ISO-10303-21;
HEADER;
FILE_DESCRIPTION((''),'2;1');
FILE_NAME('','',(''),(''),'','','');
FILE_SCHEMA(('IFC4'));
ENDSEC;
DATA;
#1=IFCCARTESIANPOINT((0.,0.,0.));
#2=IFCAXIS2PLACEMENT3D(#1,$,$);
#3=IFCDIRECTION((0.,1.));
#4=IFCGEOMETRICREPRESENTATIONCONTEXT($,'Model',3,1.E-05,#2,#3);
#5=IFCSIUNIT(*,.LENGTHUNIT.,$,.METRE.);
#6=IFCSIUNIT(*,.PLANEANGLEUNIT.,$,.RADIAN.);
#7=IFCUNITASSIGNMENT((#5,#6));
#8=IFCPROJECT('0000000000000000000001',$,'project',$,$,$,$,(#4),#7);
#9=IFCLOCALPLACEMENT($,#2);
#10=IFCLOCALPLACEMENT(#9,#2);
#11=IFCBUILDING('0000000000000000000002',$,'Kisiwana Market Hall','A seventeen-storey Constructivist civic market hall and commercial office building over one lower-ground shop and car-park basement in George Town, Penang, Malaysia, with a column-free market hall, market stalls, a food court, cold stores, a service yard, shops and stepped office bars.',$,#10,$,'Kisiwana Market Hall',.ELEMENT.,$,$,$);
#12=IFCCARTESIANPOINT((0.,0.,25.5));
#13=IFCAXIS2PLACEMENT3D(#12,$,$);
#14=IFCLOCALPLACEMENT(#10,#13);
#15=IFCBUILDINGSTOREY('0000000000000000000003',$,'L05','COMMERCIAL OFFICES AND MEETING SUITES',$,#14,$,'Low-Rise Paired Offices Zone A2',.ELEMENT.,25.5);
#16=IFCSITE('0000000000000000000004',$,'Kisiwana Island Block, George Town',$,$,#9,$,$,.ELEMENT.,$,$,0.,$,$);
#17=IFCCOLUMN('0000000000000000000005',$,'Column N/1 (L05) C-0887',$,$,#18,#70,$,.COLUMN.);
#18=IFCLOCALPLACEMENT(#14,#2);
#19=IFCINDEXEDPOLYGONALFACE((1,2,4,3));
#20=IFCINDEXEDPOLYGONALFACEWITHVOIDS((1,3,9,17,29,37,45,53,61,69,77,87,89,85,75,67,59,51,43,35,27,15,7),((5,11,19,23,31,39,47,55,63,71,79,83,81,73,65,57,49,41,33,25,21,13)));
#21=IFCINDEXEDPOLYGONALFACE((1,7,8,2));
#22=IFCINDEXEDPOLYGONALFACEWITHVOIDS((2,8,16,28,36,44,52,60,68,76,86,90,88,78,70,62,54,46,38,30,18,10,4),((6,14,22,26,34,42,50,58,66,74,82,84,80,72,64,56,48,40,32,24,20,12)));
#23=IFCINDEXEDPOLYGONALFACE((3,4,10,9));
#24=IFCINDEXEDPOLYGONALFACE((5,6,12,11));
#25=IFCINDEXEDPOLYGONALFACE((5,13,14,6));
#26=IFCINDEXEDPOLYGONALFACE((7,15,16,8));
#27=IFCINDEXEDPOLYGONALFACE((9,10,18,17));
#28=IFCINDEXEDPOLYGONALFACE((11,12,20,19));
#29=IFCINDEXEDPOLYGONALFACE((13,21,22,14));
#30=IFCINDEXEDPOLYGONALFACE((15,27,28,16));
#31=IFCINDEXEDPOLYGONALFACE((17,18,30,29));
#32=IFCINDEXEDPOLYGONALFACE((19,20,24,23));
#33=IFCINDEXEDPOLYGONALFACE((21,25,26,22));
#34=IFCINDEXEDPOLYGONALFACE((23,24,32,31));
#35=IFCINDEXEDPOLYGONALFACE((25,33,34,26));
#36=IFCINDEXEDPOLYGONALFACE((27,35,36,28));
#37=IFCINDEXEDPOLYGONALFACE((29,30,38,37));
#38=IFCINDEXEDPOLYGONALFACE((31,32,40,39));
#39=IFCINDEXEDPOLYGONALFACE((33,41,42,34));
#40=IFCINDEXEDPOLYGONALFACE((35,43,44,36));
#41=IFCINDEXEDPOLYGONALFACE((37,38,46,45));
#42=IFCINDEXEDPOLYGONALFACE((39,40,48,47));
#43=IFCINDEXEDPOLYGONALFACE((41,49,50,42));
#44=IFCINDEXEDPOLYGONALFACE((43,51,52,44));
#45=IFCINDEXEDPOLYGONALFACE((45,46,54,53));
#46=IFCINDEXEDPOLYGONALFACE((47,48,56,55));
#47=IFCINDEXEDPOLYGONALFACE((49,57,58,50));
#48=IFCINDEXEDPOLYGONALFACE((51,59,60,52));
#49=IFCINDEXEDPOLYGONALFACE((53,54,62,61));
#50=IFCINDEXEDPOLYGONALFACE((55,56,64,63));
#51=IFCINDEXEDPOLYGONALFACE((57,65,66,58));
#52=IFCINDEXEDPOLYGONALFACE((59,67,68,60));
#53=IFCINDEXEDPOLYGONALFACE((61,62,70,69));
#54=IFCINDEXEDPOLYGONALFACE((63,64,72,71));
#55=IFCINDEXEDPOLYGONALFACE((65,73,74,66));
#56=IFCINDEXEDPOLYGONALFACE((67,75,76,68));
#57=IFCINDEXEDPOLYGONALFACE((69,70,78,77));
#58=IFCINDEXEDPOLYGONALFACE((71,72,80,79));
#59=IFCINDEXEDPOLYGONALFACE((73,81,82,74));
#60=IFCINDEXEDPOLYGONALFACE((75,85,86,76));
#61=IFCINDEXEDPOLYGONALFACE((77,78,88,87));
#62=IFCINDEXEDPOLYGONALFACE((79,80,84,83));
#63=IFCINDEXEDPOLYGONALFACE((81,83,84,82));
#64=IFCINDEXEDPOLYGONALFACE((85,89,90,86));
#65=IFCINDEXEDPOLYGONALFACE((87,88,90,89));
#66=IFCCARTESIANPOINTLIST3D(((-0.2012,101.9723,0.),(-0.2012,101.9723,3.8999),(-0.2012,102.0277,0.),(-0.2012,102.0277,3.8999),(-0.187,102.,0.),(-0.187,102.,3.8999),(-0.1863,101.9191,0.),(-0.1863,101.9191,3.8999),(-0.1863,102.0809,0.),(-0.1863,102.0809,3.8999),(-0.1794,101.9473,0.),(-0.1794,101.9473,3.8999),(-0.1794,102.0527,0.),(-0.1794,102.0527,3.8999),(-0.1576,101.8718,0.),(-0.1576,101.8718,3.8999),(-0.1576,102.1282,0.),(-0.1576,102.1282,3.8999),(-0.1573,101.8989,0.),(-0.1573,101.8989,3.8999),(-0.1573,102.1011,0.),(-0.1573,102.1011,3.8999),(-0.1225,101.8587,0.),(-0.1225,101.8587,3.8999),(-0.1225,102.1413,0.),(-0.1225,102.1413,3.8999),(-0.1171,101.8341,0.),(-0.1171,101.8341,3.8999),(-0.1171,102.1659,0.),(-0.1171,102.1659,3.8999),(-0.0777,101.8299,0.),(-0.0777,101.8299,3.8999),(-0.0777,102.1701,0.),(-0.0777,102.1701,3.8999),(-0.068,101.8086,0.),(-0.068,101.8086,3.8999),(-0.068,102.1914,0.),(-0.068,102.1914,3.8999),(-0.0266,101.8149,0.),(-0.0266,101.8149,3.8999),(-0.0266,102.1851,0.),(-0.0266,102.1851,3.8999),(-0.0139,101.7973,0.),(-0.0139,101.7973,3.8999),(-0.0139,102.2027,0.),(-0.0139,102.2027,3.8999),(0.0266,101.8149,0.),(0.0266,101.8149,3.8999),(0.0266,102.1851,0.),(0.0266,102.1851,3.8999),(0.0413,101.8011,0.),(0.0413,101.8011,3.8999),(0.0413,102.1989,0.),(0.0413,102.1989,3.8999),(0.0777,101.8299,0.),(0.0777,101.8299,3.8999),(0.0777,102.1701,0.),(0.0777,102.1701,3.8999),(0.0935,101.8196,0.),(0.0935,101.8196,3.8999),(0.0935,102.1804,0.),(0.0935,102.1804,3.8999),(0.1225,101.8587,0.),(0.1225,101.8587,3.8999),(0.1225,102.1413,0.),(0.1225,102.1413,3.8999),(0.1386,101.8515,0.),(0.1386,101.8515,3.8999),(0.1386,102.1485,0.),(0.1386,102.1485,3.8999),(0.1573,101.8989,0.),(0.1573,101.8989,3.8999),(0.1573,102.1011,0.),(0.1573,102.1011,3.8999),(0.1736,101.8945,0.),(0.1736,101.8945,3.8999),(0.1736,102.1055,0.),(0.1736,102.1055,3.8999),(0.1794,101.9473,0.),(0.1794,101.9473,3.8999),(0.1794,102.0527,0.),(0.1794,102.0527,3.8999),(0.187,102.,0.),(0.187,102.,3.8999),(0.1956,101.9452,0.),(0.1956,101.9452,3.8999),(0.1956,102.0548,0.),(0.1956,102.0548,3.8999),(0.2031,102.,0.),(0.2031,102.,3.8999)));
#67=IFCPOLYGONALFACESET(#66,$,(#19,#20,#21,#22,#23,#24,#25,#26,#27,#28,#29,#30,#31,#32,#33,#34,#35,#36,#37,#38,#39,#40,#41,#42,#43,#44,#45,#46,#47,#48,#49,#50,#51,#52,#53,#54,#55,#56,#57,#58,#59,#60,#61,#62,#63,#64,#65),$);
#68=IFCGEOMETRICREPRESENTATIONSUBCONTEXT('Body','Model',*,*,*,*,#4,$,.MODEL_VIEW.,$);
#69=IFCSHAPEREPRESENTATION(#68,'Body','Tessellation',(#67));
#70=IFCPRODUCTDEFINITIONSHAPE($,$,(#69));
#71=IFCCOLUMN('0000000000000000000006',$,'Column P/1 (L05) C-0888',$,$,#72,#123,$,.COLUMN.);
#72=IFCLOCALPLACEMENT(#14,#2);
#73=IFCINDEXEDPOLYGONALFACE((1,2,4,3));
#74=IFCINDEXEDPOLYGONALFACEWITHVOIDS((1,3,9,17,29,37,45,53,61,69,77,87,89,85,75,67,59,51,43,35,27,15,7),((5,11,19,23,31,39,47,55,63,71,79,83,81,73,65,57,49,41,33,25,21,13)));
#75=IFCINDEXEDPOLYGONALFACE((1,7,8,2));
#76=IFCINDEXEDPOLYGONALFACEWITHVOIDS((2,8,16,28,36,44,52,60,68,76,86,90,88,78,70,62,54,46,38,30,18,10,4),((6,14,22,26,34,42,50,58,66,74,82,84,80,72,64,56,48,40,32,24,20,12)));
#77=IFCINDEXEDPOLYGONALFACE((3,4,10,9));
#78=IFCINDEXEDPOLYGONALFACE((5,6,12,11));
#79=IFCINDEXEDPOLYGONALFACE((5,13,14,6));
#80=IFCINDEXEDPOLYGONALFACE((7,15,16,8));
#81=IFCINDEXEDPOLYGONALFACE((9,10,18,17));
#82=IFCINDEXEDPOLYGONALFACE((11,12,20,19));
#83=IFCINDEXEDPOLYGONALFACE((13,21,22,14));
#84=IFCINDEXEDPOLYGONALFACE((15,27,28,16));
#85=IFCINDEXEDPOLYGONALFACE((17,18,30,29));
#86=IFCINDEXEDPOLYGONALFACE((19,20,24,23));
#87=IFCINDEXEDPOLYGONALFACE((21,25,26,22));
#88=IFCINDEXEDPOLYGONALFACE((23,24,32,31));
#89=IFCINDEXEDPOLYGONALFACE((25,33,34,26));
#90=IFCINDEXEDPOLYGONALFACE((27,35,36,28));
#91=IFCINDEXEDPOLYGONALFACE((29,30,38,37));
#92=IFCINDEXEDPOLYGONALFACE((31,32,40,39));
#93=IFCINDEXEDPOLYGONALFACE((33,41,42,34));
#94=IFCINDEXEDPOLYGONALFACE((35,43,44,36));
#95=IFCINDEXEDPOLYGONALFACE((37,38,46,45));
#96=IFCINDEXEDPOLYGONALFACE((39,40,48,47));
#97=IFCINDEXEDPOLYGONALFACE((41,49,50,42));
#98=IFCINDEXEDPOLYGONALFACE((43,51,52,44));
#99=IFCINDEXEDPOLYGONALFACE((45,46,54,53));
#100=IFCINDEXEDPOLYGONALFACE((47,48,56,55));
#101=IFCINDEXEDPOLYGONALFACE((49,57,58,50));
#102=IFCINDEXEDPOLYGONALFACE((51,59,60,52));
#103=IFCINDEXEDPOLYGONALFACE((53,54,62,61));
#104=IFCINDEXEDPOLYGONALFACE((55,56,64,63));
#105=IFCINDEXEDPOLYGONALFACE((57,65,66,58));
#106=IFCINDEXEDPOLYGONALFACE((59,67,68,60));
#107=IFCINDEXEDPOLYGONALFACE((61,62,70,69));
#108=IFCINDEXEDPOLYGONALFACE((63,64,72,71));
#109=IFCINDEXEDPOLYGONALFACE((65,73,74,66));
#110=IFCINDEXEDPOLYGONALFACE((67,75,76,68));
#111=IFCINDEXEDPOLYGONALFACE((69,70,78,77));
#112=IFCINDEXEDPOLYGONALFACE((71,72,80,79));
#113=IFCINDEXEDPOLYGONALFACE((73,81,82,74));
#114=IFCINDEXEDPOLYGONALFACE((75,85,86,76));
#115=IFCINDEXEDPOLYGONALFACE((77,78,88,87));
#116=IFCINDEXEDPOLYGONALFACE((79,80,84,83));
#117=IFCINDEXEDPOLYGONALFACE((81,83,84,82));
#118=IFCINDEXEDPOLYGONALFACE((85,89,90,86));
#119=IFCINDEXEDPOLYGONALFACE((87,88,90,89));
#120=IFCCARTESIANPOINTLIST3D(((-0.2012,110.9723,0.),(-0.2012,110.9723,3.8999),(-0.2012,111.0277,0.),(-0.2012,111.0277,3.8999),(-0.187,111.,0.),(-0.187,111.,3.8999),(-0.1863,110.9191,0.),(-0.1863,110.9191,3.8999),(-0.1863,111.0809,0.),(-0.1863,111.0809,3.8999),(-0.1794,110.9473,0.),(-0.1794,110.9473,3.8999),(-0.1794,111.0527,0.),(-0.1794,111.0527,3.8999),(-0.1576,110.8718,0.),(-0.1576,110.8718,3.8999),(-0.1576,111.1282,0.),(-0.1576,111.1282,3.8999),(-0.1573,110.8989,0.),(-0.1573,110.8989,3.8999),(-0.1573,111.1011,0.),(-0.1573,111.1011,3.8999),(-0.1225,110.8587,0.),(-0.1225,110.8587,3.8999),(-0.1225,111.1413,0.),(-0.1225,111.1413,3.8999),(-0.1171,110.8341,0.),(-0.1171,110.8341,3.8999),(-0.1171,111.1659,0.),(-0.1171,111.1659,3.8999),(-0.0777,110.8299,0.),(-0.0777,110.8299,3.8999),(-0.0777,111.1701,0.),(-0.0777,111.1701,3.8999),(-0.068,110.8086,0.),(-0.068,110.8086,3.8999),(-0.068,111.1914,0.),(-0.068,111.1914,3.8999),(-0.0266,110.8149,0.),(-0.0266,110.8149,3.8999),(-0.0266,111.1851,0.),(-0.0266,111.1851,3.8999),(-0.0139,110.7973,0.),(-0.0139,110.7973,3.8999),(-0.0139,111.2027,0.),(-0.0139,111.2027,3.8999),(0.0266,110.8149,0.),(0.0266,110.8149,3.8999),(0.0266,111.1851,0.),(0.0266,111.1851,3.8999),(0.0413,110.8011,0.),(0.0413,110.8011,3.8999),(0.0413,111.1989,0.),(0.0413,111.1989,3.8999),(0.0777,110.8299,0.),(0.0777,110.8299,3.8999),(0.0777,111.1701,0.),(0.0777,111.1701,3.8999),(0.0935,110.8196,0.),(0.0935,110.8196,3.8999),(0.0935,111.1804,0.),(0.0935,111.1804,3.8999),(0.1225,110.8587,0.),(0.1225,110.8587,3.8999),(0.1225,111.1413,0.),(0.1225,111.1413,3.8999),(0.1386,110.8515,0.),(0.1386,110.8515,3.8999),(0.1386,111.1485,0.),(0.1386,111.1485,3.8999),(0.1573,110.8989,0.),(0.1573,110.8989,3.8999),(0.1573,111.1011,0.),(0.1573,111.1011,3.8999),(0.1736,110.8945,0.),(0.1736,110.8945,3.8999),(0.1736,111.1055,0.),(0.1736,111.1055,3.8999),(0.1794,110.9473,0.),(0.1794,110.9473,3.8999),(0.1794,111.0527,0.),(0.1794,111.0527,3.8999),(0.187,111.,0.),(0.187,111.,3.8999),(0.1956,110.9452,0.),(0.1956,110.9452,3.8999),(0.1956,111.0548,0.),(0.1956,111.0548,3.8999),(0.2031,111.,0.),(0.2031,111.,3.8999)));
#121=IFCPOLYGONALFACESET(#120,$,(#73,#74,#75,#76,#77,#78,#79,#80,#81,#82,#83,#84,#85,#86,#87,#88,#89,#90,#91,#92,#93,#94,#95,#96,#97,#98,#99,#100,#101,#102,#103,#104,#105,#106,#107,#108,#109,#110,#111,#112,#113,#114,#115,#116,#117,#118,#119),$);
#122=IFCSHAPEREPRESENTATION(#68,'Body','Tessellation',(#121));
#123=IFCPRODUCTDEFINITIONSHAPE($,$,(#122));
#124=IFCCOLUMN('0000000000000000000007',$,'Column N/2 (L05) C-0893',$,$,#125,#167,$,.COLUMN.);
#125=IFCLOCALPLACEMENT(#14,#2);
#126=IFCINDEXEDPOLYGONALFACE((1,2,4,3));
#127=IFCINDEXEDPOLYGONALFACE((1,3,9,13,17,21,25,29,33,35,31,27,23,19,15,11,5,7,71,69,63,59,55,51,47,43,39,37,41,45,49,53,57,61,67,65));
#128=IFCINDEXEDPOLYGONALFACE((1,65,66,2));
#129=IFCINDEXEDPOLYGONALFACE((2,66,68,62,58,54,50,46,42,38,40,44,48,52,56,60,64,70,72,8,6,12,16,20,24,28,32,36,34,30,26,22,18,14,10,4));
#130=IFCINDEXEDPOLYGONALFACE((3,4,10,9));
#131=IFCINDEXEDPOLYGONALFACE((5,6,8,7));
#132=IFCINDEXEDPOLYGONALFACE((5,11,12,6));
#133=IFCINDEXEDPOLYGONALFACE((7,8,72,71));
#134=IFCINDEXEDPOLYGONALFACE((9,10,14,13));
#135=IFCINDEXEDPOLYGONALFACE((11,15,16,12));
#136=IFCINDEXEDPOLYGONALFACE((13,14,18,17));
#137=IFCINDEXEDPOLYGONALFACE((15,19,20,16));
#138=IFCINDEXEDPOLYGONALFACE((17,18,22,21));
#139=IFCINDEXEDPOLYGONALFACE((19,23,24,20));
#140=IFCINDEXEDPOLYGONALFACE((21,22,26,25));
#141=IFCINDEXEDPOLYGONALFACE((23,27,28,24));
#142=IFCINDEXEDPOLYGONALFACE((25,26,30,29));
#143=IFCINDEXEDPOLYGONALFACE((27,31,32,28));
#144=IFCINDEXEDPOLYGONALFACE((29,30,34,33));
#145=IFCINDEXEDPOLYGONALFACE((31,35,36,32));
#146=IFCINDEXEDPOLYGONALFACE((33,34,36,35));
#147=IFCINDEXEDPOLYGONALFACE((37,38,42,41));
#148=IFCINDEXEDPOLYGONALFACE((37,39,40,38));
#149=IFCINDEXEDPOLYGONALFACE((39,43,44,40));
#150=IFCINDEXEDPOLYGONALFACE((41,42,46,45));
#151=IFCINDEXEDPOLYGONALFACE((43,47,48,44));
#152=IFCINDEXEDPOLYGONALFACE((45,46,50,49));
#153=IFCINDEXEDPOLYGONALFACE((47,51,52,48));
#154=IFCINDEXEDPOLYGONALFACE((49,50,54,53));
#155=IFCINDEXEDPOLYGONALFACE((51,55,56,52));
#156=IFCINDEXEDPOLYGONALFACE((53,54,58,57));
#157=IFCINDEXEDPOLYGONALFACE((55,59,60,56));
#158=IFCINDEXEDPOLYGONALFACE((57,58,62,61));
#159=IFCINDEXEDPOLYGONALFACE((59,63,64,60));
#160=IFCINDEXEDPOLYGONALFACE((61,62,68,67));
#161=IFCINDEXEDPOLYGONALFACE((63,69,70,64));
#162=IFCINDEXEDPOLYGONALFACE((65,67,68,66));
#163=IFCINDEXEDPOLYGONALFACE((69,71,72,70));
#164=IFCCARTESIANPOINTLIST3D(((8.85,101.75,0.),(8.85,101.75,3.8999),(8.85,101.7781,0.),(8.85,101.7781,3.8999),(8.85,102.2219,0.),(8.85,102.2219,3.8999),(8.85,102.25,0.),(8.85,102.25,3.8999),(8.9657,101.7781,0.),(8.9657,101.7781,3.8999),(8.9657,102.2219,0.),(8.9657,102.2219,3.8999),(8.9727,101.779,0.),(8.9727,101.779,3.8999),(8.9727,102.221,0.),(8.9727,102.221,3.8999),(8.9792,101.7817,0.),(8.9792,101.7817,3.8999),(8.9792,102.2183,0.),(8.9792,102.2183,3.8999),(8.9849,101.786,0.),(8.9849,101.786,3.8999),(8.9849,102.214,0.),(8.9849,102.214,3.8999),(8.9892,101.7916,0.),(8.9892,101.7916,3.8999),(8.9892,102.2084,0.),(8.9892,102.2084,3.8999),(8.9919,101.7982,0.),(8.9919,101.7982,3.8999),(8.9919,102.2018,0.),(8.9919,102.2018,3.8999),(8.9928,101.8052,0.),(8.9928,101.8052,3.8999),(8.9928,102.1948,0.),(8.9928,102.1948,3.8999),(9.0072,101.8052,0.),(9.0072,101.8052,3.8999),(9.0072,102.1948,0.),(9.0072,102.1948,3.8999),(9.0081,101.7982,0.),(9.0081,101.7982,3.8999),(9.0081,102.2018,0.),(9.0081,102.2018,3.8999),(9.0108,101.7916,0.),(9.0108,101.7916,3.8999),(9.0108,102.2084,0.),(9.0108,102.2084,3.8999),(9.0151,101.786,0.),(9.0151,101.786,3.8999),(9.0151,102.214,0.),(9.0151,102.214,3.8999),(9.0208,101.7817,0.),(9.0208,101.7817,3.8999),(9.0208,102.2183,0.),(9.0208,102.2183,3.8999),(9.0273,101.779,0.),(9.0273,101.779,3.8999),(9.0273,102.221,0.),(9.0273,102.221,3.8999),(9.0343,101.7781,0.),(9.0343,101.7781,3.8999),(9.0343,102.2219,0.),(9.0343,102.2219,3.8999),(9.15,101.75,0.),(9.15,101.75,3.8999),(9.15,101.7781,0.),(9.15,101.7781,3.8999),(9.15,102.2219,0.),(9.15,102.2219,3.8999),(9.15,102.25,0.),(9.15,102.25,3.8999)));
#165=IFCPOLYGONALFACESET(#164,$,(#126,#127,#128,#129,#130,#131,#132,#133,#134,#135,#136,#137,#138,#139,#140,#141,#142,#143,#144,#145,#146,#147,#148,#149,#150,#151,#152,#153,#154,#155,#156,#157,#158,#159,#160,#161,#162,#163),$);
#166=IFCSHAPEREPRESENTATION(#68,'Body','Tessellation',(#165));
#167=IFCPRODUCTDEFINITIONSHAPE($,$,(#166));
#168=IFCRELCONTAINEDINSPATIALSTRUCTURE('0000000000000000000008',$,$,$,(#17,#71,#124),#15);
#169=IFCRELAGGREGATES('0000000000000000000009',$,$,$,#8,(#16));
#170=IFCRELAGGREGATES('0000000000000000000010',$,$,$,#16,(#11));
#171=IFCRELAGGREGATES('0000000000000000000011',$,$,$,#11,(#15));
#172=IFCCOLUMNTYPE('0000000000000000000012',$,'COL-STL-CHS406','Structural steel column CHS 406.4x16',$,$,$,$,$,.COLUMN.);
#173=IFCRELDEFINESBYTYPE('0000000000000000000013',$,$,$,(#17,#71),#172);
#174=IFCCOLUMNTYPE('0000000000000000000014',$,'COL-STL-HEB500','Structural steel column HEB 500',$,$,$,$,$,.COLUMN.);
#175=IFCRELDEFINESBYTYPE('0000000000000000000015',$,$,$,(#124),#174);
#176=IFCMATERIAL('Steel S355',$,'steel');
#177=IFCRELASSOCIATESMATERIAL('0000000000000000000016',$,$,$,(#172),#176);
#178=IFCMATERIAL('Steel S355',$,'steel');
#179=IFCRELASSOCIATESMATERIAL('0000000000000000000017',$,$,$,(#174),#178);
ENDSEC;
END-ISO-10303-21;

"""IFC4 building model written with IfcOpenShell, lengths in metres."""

from ifc_helpers import new_model, si_unit, direction, frame, origin, origin_2d, place, context, subcontext, project, spatial, hollow_circle, i_section, extrude, material, material_profile, profile_set, type_object, element, save


model = new_model("IFC4")

# Units and contexts
model_context = context("Model", 3, precision=1e-05, world=origin(), true_north=direction((0.0, 1.0)))
body_context = subcontext(model_context, "Body", "Model", "MODEL_VIEW")
ifc_project = project(units=[si_unit("LENGTHUNIT", "METRE"), si_unit("PLANEANGLEUNIT", "RADIAN")], contexts=[model_context])

# Site, building, storey
site_placement = place(None, origin())
site = spatial("IfcSite", under=ifc_project, at=site_placement, Name="Kisiwana Island Block, George Town", CompositionType="ELEMENT", RefElevation=0.0)
building_placement = place(site_placement, origin())
building = spatial("IfcBuilding", under=site, at=building_placement, Name="Kisiwana Market Hall", Description="A seventeen-storey Constructivist civic market hall and commercial office building over one lower-ground shop and car-park basement in George Town, Penang, Malaysia, with a column-free market hall, market stalls, a food court, cold stores, a service yard, shops and stepped office bars.", LongName="Kisiwana Market Hall", CompositionType="ELEMENT")
storey_placement = place(building_placement, frame((0.0, 0.0, 25.5)))
storey = spatial("IfcBuildingStorey", under=building, at=storey_placement, Name="L05", Description="COMMERCIAL OFFICES AND MEETING SUITES", LongName="Low-Rise Paired Offices Zone A2", CompositionType="ELEMENT", Elevation=25.5)

# Columns
ifc_material_1 = material(Name="Steel S355", Category="steel")
ifc_material_profile_1 = material_profile(ifc_material_1, hollow_circle(Radius=0.2031, WallThickness=0.0161, at=origin_2d()), Name="CHS 406.4x16")
ifc_profile_set_1 = profile_set([ifc_material_profile_1], Name="Steel S355")
column_type_1 = type_object("IfcColumnType", Name="COL-STL-CHS406", Description="Structural steel column CHS 406.4x16", PredefinedType="COLUMN", material=ifc_profile_set_1)
for number, where, z_axis, x_axis, name in (
    (1, (0.0, 102.0, 0.0), (0.0, 0.0, 1.0), (1.0, 0.0, 0.0), "Column N/1 (L05) C-0887"),
    (2, (0.0, 111.0, 0.0), (0.0, 0.0, 1.0), (1.0, 0.0, 0.0), "Column P/1 (L05) C-0888"),
):
    element("IfcColumn", number, at=place(storey_placement, frame(where, z_axis=z_axis, x_axis=x_axis)), inside=storey, type_object=column_type_1, Name=name, PredefinedType="COLUMN", context=body_context, shape_type="SweptSolid", body=[
        extrude(hollow_circle(Radius=0.2031, WallThickness=0.0161, at=origin_2d()), origin(), (0.0, 0.0, 1.0), 3.8999),
    ])
ifc_material_2 = material(Name="Steel S355", Category="steel")
ifc_material_profile_2 = material_profile(ifc_material_2, i_section(OverallWidth=0.3, OverallDepth=0.5, WebThickness=0.0144, FlangeThickness=0.0281, FilletRadius=0.0271, at=origin_2d()), Name="HEB 500")
ifc_profile_set_2 = profile_set([ifc_material_profile_2], Name="Steel S355")
column_type_2 = type_object("IfcColumnType", Name="COL-STL-HEB500", Description="Structural steel column HEB 500", PredefinedType="COLUMN", material=ifc_profile_set_2)
for number, where, z_axis, x_axis, name in (
    (3, (9.0, 102.0, 0.0), (0.0, 0.0, 1.0), (1.0, 0.0, 0.0), "Column N/2 (L05) C-0893"),
):
    element("IfcColumn", number, at=place(storey_placement, frame(where, z_axis=z_axis, x_axis=x_axis)), inside=storey, type_object=column_type_2, Name=name, PredefinedType="COLUMN", context=body_context, shape_type="SweptSolid", body=[
        extrude(i_section(OverallWidth=0.3, OverallDepth=0.5, WebThickness=0.0144, FlangeThickness=0.0281, FilletRadius=0.0271, at=origin_2d()), origin(), (0.0, 0.0, 1.0), 3.8999),
    ])

save(model, "model.ifc")
